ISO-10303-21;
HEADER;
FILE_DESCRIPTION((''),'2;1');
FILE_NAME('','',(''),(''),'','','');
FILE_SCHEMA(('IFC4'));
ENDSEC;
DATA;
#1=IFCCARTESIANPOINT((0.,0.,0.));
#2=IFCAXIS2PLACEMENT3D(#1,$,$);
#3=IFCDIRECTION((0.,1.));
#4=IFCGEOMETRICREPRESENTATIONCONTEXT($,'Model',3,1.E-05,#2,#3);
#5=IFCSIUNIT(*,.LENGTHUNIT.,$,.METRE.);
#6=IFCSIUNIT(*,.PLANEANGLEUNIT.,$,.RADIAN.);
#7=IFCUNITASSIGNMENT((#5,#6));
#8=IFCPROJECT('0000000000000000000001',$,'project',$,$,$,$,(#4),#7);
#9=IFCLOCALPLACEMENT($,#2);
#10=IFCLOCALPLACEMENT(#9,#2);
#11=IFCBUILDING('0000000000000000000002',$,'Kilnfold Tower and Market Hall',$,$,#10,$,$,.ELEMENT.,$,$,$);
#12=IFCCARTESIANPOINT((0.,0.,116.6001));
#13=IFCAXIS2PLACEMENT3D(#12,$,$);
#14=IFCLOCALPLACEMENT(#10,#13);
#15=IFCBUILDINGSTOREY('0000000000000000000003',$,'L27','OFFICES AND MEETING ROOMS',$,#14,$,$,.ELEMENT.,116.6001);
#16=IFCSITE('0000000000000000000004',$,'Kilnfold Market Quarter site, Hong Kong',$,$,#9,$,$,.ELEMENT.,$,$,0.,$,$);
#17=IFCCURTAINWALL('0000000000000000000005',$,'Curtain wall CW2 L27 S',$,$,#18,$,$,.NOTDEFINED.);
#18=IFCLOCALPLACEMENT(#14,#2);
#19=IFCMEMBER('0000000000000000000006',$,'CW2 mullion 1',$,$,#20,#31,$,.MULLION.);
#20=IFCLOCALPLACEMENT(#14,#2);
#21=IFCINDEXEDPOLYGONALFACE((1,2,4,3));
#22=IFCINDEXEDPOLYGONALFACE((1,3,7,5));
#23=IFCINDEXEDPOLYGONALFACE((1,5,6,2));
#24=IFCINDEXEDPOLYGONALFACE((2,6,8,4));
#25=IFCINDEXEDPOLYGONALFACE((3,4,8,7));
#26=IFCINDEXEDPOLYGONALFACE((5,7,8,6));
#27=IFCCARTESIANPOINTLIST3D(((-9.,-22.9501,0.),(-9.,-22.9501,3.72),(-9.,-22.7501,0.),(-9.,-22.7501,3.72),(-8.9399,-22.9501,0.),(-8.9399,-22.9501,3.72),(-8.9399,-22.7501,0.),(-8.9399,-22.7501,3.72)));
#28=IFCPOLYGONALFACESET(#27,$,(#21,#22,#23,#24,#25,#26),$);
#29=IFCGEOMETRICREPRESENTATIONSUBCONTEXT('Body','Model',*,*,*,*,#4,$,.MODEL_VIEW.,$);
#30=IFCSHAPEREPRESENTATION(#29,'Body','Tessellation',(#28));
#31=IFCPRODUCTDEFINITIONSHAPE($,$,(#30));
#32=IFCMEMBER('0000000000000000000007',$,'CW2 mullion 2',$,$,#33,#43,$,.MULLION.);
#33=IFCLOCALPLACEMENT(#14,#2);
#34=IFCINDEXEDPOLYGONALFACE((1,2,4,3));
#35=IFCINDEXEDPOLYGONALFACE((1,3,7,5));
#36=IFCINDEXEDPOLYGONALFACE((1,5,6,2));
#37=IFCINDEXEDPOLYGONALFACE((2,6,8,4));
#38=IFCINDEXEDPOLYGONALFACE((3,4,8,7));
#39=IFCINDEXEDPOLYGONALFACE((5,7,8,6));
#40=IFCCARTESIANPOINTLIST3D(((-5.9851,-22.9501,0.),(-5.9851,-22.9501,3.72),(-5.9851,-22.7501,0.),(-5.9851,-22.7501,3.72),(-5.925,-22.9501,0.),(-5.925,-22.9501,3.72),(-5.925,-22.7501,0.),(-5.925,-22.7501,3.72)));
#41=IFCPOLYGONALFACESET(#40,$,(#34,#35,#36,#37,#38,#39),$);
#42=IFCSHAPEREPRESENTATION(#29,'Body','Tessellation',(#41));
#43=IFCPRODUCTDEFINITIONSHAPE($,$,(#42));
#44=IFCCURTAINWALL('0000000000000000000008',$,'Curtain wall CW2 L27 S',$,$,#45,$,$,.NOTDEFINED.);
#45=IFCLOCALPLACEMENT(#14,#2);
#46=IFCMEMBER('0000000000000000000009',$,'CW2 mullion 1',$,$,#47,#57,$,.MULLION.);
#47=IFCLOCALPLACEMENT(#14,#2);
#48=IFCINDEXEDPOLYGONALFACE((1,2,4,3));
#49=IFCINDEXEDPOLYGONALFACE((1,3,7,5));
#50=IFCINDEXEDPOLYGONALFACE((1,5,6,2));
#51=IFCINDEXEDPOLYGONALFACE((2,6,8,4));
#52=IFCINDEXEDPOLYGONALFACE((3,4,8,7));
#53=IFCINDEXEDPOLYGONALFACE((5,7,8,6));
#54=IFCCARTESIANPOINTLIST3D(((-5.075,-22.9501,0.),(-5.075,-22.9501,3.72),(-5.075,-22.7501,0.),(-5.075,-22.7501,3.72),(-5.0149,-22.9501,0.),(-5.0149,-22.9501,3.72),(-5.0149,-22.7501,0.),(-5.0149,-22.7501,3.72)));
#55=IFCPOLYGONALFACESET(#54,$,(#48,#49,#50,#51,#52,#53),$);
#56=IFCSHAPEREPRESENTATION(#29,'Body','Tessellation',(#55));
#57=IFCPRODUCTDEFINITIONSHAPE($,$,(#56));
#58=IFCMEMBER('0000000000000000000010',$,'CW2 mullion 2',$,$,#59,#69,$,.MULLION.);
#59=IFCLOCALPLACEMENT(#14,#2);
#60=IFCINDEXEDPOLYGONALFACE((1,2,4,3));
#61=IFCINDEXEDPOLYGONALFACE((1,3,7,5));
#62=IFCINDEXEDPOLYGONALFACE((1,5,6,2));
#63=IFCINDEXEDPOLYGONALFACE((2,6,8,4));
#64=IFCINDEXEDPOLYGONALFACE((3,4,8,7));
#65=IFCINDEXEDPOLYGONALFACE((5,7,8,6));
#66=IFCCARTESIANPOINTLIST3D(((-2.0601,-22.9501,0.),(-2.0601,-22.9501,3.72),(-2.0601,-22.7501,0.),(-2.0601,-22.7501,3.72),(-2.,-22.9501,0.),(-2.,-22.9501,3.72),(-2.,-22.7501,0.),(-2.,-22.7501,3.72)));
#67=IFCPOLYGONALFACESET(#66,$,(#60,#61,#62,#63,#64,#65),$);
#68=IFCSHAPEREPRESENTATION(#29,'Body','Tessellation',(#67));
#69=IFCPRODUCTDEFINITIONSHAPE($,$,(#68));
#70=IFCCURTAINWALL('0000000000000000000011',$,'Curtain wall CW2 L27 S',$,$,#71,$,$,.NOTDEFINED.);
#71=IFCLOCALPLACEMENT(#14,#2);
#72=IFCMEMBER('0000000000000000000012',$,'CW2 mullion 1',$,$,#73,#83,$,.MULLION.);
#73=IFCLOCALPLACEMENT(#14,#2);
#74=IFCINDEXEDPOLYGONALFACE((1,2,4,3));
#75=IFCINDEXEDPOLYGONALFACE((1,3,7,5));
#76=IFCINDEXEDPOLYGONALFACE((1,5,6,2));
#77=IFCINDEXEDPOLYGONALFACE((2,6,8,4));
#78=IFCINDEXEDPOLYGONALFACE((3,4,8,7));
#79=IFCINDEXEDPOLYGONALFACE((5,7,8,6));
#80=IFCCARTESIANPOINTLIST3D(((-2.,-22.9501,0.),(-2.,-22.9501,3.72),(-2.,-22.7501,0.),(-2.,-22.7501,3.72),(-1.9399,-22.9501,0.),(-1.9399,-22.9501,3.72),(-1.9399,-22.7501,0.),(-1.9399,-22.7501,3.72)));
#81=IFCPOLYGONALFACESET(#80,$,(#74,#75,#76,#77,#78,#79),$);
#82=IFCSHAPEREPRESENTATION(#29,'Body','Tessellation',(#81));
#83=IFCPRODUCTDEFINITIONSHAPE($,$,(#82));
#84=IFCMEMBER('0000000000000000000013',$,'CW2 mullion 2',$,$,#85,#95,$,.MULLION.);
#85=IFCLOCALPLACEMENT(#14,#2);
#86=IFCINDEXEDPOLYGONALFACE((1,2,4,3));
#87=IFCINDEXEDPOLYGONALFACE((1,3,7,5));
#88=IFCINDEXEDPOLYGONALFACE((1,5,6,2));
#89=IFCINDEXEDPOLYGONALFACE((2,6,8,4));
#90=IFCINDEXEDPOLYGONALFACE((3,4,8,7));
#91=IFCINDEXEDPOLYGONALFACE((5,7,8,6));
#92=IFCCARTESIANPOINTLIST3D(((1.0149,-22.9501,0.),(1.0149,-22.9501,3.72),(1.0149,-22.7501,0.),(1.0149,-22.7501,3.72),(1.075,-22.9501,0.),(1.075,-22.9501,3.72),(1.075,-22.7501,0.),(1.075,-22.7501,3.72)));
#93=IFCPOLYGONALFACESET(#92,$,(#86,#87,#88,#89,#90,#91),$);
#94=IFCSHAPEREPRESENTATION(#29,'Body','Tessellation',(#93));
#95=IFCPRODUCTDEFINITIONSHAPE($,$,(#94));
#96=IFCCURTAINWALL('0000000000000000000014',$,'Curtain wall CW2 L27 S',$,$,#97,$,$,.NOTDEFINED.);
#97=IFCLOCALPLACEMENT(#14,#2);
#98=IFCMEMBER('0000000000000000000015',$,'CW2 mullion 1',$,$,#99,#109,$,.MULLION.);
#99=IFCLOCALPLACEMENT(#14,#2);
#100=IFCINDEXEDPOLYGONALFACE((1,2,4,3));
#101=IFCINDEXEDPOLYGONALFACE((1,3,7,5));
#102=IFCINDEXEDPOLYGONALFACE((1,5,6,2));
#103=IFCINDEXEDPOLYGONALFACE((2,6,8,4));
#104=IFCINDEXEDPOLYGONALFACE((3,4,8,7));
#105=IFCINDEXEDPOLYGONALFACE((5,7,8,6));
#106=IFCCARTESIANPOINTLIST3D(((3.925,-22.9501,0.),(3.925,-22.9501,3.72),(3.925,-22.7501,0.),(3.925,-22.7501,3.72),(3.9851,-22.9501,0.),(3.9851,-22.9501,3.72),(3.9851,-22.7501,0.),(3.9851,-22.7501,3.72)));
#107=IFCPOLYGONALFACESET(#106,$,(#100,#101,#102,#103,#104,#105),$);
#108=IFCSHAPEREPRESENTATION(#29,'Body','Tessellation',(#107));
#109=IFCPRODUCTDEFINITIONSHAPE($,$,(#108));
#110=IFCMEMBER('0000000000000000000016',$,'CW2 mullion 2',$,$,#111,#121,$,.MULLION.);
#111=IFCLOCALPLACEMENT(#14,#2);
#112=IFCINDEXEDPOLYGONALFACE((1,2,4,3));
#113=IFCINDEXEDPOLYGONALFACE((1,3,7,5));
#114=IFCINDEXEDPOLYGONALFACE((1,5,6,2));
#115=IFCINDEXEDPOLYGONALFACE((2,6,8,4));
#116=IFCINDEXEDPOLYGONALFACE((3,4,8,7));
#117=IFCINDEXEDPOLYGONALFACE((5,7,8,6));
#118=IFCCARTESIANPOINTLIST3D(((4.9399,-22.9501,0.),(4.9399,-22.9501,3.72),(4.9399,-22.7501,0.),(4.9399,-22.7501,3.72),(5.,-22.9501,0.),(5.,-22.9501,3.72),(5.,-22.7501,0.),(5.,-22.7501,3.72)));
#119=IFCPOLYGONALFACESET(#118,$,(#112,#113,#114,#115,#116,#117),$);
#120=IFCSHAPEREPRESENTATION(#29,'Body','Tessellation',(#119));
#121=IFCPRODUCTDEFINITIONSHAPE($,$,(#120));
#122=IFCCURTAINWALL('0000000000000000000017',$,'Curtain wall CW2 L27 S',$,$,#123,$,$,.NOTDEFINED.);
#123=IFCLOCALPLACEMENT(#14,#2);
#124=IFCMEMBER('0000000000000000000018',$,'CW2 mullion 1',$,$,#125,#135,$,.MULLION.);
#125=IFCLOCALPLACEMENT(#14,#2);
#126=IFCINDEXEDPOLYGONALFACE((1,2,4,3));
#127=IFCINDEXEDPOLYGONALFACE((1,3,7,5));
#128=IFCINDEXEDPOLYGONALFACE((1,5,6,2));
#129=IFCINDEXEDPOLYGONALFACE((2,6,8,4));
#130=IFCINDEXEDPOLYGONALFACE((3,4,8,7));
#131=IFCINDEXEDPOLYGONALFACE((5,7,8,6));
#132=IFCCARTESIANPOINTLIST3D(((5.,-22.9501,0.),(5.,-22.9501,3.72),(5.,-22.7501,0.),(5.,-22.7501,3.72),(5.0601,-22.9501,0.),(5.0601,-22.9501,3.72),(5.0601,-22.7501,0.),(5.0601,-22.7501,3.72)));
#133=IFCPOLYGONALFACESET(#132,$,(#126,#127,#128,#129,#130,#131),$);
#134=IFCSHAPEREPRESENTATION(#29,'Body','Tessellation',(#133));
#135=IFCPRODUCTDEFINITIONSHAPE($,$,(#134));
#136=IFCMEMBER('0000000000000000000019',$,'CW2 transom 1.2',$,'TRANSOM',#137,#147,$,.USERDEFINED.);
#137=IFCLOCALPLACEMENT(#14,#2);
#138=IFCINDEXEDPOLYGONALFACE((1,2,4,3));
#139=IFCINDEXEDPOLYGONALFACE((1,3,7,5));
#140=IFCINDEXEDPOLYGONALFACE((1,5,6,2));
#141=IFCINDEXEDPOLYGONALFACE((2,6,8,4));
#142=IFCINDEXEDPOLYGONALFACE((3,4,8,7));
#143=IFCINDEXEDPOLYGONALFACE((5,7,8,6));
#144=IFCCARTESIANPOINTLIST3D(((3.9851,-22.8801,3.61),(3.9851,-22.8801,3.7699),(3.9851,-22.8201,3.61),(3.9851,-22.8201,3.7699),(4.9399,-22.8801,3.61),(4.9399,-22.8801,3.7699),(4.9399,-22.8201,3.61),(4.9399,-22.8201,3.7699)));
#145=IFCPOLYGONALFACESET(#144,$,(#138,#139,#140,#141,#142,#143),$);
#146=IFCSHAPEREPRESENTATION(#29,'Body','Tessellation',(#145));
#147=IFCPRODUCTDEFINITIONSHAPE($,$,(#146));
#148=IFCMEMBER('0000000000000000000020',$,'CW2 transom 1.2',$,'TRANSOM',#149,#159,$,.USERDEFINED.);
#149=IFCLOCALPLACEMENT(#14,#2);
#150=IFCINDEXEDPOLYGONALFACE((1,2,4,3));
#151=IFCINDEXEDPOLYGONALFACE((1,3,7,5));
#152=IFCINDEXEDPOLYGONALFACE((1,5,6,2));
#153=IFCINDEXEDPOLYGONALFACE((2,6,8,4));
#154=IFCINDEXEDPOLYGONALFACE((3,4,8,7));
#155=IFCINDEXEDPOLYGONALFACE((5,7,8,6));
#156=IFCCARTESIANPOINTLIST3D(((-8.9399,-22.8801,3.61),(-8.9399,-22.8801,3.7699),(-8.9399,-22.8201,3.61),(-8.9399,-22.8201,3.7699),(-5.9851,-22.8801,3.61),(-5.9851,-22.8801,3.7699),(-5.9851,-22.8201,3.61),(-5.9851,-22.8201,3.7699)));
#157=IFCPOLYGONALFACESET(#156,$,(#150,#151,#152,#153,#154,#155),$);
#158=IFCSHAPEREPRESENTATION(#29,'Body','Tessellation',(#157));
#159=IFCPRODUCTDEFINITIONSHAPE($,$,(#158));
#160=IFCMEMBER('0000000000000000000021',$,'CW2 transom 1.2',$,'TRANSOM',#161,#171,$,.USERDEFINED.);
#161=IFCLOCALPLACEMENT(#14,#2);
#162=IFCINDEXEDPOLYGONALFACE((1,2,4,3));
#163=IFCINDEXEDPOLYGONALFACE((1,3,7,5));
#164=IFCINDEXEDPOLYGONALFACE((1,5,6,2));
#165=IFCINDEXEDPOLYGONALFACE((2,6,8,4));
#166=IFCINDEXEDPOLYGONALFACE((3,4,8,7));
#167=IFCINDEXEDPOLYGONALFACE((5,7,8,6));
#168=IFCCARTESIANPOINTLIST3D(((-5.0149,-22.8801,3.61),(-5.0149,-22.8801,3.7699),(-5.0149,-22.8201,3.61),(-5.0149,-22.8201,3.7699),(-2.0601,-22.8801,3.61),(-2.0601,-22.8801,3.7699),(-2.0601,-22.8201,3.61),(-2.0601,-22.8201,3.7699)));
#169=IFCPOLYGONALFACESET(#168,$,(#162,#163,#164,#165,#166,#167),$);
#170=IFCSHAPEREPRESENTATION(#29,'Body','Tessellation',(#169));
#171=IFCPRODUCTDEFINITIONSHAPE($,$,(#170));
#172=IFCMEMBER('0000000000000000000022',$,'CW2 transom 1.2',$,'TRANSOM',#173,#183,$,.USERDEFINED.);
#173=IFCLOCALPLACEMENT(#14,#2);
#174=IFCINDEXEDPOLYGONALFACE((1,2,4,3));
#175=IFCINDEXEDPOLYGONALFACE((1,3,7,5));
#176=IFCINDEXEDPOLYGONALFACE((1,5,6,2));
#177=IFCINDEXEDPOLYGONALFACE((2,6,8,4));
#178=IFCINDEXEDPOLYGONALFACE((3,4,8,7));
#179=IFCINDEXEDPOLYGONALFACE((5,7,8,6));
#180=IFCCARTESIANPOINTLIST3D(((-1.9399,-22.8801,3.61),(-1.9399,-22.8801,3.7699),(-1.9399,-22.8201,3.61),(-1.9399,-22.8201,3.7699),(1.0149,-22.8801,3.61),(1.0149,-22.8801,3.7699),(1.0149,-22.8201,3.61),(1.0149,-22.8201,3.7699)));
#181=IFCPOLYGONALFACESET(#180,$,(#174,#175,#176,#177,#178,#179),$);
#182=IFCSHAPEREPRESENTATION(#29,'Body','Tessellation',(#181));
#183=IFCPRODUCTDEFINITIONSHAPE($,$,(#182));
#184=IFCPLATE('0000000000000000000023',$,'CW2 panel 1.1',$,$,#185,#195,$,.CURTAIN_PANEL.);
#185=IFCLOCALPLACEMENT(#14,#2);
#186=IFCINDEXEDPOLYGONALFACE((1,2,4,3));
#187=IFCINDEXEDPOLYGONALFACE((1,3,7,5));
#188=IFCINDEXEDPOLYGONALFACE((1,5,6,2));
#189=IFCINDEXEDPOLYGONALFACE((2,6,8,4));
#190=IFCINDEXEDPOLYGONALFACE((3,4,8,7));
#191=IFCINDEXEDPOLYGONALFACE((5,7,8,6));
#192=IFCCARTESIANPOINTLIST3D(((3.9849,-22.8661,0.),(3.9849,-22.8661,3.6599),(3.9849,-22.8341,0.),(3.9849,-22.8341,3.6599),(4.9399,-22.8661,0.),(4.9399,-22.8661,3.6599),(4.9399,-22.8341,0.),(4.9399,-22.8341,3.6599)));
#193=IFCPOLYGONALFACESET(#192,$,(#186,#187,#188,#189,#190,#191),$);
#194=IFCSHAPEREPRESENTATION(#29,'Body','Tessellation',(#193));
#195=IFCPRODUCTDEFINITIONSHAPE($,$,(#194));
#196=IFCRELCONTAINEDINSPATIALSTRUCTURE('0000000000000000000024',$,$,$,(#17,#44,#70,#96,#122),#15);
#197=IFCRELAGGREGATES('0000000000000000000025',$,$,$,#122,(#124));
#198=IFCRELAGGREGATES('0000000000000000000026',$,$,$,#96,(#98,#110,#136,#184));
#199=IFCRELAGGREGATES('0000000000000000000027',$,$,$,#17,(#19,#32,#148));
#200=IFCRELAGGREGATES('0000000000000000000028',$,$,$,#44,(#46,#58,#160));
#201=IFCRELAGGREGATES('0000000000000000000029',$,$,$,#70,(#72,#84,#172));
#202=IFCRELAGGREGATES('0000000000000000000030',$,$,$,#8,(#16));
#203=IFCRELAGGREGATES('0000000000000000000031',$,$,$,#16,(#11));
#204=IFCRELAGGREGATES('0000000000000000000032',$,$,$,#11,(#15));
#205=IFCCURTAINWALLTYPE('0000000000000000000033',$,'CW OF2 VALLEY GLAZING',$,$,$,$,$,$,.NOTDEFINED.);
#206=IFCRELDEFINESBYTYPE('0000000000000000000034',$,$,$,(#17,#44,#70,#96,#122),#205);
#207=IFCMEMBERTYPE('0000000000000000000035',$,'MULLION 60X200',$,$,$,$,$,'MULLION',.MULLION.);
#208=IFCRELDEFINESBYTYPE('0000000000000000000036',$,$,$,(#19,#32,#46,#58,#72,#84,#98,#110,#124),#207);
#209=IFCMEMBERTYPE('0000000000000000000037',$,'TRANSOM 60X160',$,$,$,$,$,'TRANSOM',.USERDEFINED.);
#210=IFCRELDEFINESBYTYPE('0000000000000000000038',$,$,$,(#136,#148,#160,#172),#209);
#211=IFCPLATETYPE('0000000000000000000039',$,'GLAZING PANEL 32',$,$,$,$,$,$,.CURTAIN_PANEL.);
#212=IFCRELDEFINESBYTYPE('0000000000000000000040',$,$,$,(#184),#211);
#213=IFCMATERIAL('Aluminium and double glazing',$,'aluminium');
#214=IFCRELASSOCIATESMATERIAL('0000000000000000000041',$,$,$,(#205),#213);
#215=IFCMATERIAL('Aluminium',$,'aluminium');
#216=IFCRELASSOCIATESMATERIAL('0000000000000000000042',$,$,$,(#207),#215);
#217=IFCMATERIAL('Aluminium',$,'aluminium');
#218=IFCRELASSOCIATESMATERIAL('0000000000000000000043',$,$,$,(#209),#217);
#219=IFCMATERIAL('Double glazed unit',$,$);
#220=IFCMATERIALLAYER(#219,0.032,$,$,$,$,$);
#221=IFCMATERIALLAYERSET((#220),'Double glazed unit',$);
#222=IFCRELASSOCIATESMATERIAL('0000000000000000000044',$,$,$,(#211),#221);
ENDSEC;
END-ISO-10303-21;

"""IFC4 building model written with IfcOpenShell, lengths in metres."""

from ifc_helpers import new_model, si_unit, direction, frame, origin, origin_2d, place, context, subcontext, project, spatial, rectangle, extrude, source, transform, mapped, material, layer, layer_set, material_profile, profile_set, type_object, element, aggregate, save


model = new_model("IFC4")

# Units and contexts
model_context = context("Model", 3, precision=1e-05, world=origin(), true_north=direction((0.0, 1.0)))
body_context = subcontext(model_context, "Body", "Model", "MODEL_VIEW")
ifc_project = project(units=[si_unit("LENGTHUNIT", "METRE"), si_unit("PLANEANGLEUNIT", "RADIAN")], contexts=[model_context])

# Site, building, storey
site_placement = place(None, origin())
site = spatial("IfcSite", under=ifc_project, at=site_placement, Name="Kilnfold Market Quarter site, Hong Kong", CompositionType="ELEMENT", RefElevation=0.0)
building_placement = place(site_placement, origin())
building = spatial("IfcBuilding", under=site, at=building_placement, Name="Kilnfold Tower and Market Hall", CompositionType="ELEMENT")
storey_placement = place(building_placement, frame((0.0, 0.0, 116.6001)))
storey = spatial("IfcBuildingStorey", under=building, at=storey_placement, Name="L27", Description="OFFICES AND MEETING ROOMS", CompositionType="ELEMENT", Elevation=116.6001)

# Curtain walls, members
ifc_material_1 = material(Name="Aluminium and double glazing", Category="aluminium")
curtain_wall_type = type_object("IfcCurtainWallType", Name="CW OF2 VALLEY GLAZING", PredefinedType="NOTDEFINED", material=ifc_material_1)
curtain_wall_1_placement = place(storey_placement, origin())
curtain_wall_1 = element("IfcCurtainWall", 1, at=curtain_wall_1_placement, inside=storey, type_object=curtain_wall_type, Name="Curtain wall CW2 L27 S", PredefinedType="NOTDEFINED")
ifc_material_2 = material(Name="Aluminium", Category="aluminium")
ifc_material_profile_1 = material_profile(ifc_material_2, rectangle(XDim=0.0601, YDim=0.2, at=origin_2d()), Name="MULLION 60x200")
ifc_profile_set_1 = profile_set([ifc_material_profile_1], Name="Aluminium")
member_type_1 = type_object("IfcMemberType", Name="MULLION 60X200", ElementType="MULLION", PredefinedType="MULLION", material=ifc_profile_set_1)
shared_shape_1 = source(origin(), body_context, "Body", "SweptSolid", [
    extrude(rectangle(XDim=0.0601, YDim=0.2, at=origin_2d()), origin(), (0.0, 0.0, 1.0), 3.72),
])
member_1_placement = place(storey_placement, frame((-8.97, -22.8501, 0.0), z_axis=(0.0, 0.0, 1.0), x_axis=(1.0, 0.0, 0.0)))
member_1 = element("IfcMember", 2, at=member_1_placement, type_object=member_type_1, Name="CW2 mullion 1", PredefinedType="MULLION", context=body_context, shape_type="MappedRepresentation", body=[
    mapped(shared_shape_1, transform((0.0, 0.0, 0.0))),
])
member_2_placement = place(storey_placement, frame((-5.9551, -22.8501, 0.0), z_axis=(0.0, 0.0, 1.0), x_axis=(1.0, 0.0, 0.0)))
member_2 = element("IfcMember", 3, at=member_2_placement, type_object=member_type_1, Name="CW2 mullion 2", PredefinedType="MULLION", context=body_context, shape_type="MappedRepresentation", body=[
    mapped(shared_shape_1, transform((0.0, 0.0, 0.0))),
])
curtain_wall_2_placement = place(storey_placement, origin())
curtain_wall_2 = element("IfcCurtainWall", 4, at=curtain_wall_2_placement, inside=storey, type_object=curtain_wall_type, Name="Curtain wall CW2 L27 S", PredefinedType="NOTDEFINED")
member_3_placement = place(storey_placement, frame((-5.0449, -22.8501, 0.0), z_axis=(0.0, 0.0, 1.0), x_axis=(1.0, 0.0, 0.0)))
member_3 = element("IfcMember", 5, at=member_3_placement, type_object=member_type_1, Name="CW2 mullion 1", PredefinedType="MULLION", context=body_context, shape_type="MappedRepresentation", body=[
    mapped(shared_shape_1, transform((0.0, 0.0, 0.0))),
])
member_4_placement = place(storey_placement, frame((-2.03, -22.8501, 0.0), z_axis=(0.0, 0.0, 1.0), x_axis=(1.0, 0.0, 0.0)))
member_4 = element("IfcMember", 6, at=member_4_placement, type_object=member_type_1, Name="CW2 mullion 2", PredefinedType="MULLION", context=body_context, shape_type="MappedRepresentation", body=[
    mapped(shared_shape_1, transform((0.0, 0.0, 0.0))),
])
curtain_wall_3_placement = place(storey_placement, origin())
curtain_wall_3 = element("IfcCurtainWall", 7, at=curtain_wall_3_placement, inside=storey, type_object=curtain_wall_type, Name="Curtain wall CW2 L27 S", PredefinedType="NOTDEFINED")
member_5_placement = place(storey_placement, frame((-1.97, -22.8501, 0.0), z_axis=(0.0, 0.0, 1.0), x_axis=(1.0, 0.0, 0.0)))
member_5 = element("IfcMember", 8, at=member_5_placement, type_object=member_type_1, Name="CW2 mullion 1", PredefinedType="MULLION", context=body_context, shape_type="MappedRepresentation", body=[
    mapped(shared_shape_1, transform((0.0, 0.0, 0.0))),
])
member_6_placement = place(storey_placement, frame((1.0449, -22.8501, 0.0), z_axis=(0.0, 0.0, 1.0), x_axis=(1.0, 0.0, 0.0)))
member_6 = element("IfcMember", 9, at=member_6_placement, type_object=member_type_1, Name="CW2 mullion 2", PredefinedType="MULLION", context=body_context, shape_type="MappedRepresentation", body=[
    mapped(shared_shape_1, transform((0.0, 0.0, 0.0))),
])
curtain_wall_4_placement = place(storey_placement, origin())
curtain_wall_4 = element("IfcCurtainWall", 10, at=curtain_wall_4_placement, inside=storey, type_object=curtain_wall_type, Name="Curtain wall CW2 L27 S", PredefinedType="NOTDEFINED")
member_7_placement = place(storey_placement, frame((3.9551, -22.8501, 0.0), z_axis=(0.0, 0.0, 1.0), x_axis=(1.0, 0.0, 0.0)))
member_7 = element("IfcMember", 11, at=member_7_placement, type_object=member_type_1, Name="CW2 mullion 1", PredefinedType="MULLION", context=body_context, shape_type="MappedRepresentation", body=[
    mapped(shared_shape_1, transform((0.0, 0.0, 0.0))),
])
member_8_placement = place(storey_placement, frame((4.97, -22.8501, 0.0), z_axis=(0.0, 0.0, 1.0), x_axis=(1.0, 0.0, 0.0)))
member_8 = element("IfcMember", 12, at=member_8_placement, type_object=member_type_1, Name="CW2 mullion 2", PredefinedType="MULLION", context=body_context, shape_type="MappedRepresentation", body=[
    mapped(shared_shape_1, transform((0.0, 0.0, 0.0))),
])

# Curtain wall, member
curtain_wall_5_placement = place(storey_placement, origin())
curtain_wall_5 = element("IfcCurtainWall", 13, at=curtain_wall_5_placement, inside=storey, type_object=curtain_wall_type, Name="Curtain wall CW2 L27 S", PredefinedType="NOTDEFINED")
member_9_placement = place(storey_placement, frame((5.03, -22.8501, 0.0), z_axis=(0.0, 0.0, 1.0), x_axis=(1.0, 0.0, 0.0)))
member_9 = element("IfcMember", 14, at=member_9_placement, type_object=member_type_1, Name="CW2 mullion 1", PredefinedType="MULLION", context=body_context, shape_type="MappedRepresentation", body=[
    mapped(shared_shape_1, transform((0.0, 0.0, 0.0))),
])
aggregate(curtain_wall_5, [member_9])

# Members
ifc_material_3 = material(Name="Aluminium", Category="aluminium")
ifc_material_profile_2 = material_profile(ifc_material_3, rectangle(XDim=0.0601, YDim=0.1599, at=origin_2d()), Name="TRANSOM 60x160")
ifc_profile_set_2 = profile_set([ifc_material_profile_2], Name="Aluminium")
member_type_2 = type_object("IfcMemberType", Name="TRANSOM 60X160", ElementType="TRANSOM", PredefinedType="USERDEFINED", material=ifc_profile_set_2)
shared_shape_2 = source(origin(), body_context, "Body", "SweptSolid", [
    extrude(rectangle(XDim=0.0601, YDim=0.1599, at=origin_2d()), origin(), (0.0, 0.0, 1.0), 0.9548),
])
member_10_placement = place(storey_placement, frame((3.9851, -22.8501, 3.6899), z_axis=(1.0, 0.0, 0.0), x_axis=(0.0, 1.0, 0.0)))
member_10 = element("IfcMember", 15, at=member_10_placement, type_object=member_type_2, Name="CW2 transom 1.2", ObjectType="TRANSOM", PredefinedType="USERDEFINED", context=body_context, shape_type="MappedRepresentation", body=[
    mapped(shared_shape_2, transform((0.0, 0.0, 0.0))),
])
shared_shape_3 = source(origin(), body_context, "Body", "SweptSolid", [
    extrude(rectangle(XDim=0.0601, YDim=0.1599, at=origin_2d()), origin(), (0.0, 0.0, 1.0), 2.9548),
])
member_11_placement = place(storey_placement, frame((-8.9399, -22.8501, 3.6899), z_axis=(1.0, 0.0, 0.0), x_axis=(0.0, 1.0, 0.0)))
member_11 = element("IfcMember", 16, at=member_11_placement, type_object=member_type_2, Name="CW2 transom 1.2", ObjectType="TRANSOM", PredefinedType="USERDEFINED", context=body_context, shape_type="MappedRepresentation", body=[
    mapped(shared_shape_3, transform((0.0, 0.0, 0.0))),
])
member_12_placement = place(storey_placement, frame((-5.0149, -22.8501, 3.6899), z_axis=(1.0, 0.0, 0.0), x_axis=(0.0, 1.0, 0.0)))
member_12 = element("IfcMember", 17, at=member_12_placement, type_object=member_type_2, Name="CW2 transom 1.2", ObjectType="TRANSOM", PredefinedType="USERDEFINED", context=body_context, shape_type="MappedRepresentation", body=[
    mapped(shared_shape_3, transform((0.0, 0.0, 0.0))),
])
member_13_placement = place(storey_placement, frame((-1.9399, -22.8501, 3.6899), z_axis=(1.0, 0.0, 0.0), x_axis=(0.0, 1.0, 0.0)))
member_13 = element("IfcMember", 18, at=member_13_placement, type_object=member_type_2, Name="CW2 transom 1.2", ObjectType="TRANSOM", PredefinedType="USERDEFINED", context=body_context, shape_type="MappedRepresentation", body=[
    mapped(shared_shape_3, transform((0.0, 0.0, 0.0))),
])

# Plate
ifc_material_4 = material(Name="Double glazed unit")
ifc_layer_1 = layer(ifc_material_4, 0.032)
ifc_layer_set_1 = layer_set([ifc_layer_1], Name="Double glazed unit")
plate_type = type_object("IfcPlateType", Name="GLAZING PANEL 32", PredefinedType="CURTAIN_PANEL", material=ifc_layer_set_1)
shared_shape_4 = source(origin(), body_context, "Body", "SweptSolid", [
    extrude(rectangle(XDim=0.9551, YDim=0.032, at=origin_2d()), origin(), (0.0, 0.0, 1.0), 3.6599),
])
plate_1_placement = place(storey_placement, frame((4.4624, -22.8501, 0.0), z_axis=(0.0, 0.0, 1.0), x_axis=(1.0, 0.0, 0.0)))
plate_1 = element("IfcPlate", 19, at=plate_1_placement, type_object=plate_type, Name="CW2 panel 1.1", PredefinedType="CURTAIN_PANEL", context=body_context, shape_type="MappedRepresentation", body=[
    mapped(shared_shape_4, transform((0.0, 0.0, 0.0))),
])
aggregate(curtain_wall_4, [member_7, member_8, member_10, plate_1])
aggregate(curtain_wall_1, [member_1, member_2, member_11])
aggregate(curtain_wall_2, [member_3, member_4, member_12])
aggregate(curtain_wall_3, [member_5, member_6, member_13])

save(model, "model.ifc")
